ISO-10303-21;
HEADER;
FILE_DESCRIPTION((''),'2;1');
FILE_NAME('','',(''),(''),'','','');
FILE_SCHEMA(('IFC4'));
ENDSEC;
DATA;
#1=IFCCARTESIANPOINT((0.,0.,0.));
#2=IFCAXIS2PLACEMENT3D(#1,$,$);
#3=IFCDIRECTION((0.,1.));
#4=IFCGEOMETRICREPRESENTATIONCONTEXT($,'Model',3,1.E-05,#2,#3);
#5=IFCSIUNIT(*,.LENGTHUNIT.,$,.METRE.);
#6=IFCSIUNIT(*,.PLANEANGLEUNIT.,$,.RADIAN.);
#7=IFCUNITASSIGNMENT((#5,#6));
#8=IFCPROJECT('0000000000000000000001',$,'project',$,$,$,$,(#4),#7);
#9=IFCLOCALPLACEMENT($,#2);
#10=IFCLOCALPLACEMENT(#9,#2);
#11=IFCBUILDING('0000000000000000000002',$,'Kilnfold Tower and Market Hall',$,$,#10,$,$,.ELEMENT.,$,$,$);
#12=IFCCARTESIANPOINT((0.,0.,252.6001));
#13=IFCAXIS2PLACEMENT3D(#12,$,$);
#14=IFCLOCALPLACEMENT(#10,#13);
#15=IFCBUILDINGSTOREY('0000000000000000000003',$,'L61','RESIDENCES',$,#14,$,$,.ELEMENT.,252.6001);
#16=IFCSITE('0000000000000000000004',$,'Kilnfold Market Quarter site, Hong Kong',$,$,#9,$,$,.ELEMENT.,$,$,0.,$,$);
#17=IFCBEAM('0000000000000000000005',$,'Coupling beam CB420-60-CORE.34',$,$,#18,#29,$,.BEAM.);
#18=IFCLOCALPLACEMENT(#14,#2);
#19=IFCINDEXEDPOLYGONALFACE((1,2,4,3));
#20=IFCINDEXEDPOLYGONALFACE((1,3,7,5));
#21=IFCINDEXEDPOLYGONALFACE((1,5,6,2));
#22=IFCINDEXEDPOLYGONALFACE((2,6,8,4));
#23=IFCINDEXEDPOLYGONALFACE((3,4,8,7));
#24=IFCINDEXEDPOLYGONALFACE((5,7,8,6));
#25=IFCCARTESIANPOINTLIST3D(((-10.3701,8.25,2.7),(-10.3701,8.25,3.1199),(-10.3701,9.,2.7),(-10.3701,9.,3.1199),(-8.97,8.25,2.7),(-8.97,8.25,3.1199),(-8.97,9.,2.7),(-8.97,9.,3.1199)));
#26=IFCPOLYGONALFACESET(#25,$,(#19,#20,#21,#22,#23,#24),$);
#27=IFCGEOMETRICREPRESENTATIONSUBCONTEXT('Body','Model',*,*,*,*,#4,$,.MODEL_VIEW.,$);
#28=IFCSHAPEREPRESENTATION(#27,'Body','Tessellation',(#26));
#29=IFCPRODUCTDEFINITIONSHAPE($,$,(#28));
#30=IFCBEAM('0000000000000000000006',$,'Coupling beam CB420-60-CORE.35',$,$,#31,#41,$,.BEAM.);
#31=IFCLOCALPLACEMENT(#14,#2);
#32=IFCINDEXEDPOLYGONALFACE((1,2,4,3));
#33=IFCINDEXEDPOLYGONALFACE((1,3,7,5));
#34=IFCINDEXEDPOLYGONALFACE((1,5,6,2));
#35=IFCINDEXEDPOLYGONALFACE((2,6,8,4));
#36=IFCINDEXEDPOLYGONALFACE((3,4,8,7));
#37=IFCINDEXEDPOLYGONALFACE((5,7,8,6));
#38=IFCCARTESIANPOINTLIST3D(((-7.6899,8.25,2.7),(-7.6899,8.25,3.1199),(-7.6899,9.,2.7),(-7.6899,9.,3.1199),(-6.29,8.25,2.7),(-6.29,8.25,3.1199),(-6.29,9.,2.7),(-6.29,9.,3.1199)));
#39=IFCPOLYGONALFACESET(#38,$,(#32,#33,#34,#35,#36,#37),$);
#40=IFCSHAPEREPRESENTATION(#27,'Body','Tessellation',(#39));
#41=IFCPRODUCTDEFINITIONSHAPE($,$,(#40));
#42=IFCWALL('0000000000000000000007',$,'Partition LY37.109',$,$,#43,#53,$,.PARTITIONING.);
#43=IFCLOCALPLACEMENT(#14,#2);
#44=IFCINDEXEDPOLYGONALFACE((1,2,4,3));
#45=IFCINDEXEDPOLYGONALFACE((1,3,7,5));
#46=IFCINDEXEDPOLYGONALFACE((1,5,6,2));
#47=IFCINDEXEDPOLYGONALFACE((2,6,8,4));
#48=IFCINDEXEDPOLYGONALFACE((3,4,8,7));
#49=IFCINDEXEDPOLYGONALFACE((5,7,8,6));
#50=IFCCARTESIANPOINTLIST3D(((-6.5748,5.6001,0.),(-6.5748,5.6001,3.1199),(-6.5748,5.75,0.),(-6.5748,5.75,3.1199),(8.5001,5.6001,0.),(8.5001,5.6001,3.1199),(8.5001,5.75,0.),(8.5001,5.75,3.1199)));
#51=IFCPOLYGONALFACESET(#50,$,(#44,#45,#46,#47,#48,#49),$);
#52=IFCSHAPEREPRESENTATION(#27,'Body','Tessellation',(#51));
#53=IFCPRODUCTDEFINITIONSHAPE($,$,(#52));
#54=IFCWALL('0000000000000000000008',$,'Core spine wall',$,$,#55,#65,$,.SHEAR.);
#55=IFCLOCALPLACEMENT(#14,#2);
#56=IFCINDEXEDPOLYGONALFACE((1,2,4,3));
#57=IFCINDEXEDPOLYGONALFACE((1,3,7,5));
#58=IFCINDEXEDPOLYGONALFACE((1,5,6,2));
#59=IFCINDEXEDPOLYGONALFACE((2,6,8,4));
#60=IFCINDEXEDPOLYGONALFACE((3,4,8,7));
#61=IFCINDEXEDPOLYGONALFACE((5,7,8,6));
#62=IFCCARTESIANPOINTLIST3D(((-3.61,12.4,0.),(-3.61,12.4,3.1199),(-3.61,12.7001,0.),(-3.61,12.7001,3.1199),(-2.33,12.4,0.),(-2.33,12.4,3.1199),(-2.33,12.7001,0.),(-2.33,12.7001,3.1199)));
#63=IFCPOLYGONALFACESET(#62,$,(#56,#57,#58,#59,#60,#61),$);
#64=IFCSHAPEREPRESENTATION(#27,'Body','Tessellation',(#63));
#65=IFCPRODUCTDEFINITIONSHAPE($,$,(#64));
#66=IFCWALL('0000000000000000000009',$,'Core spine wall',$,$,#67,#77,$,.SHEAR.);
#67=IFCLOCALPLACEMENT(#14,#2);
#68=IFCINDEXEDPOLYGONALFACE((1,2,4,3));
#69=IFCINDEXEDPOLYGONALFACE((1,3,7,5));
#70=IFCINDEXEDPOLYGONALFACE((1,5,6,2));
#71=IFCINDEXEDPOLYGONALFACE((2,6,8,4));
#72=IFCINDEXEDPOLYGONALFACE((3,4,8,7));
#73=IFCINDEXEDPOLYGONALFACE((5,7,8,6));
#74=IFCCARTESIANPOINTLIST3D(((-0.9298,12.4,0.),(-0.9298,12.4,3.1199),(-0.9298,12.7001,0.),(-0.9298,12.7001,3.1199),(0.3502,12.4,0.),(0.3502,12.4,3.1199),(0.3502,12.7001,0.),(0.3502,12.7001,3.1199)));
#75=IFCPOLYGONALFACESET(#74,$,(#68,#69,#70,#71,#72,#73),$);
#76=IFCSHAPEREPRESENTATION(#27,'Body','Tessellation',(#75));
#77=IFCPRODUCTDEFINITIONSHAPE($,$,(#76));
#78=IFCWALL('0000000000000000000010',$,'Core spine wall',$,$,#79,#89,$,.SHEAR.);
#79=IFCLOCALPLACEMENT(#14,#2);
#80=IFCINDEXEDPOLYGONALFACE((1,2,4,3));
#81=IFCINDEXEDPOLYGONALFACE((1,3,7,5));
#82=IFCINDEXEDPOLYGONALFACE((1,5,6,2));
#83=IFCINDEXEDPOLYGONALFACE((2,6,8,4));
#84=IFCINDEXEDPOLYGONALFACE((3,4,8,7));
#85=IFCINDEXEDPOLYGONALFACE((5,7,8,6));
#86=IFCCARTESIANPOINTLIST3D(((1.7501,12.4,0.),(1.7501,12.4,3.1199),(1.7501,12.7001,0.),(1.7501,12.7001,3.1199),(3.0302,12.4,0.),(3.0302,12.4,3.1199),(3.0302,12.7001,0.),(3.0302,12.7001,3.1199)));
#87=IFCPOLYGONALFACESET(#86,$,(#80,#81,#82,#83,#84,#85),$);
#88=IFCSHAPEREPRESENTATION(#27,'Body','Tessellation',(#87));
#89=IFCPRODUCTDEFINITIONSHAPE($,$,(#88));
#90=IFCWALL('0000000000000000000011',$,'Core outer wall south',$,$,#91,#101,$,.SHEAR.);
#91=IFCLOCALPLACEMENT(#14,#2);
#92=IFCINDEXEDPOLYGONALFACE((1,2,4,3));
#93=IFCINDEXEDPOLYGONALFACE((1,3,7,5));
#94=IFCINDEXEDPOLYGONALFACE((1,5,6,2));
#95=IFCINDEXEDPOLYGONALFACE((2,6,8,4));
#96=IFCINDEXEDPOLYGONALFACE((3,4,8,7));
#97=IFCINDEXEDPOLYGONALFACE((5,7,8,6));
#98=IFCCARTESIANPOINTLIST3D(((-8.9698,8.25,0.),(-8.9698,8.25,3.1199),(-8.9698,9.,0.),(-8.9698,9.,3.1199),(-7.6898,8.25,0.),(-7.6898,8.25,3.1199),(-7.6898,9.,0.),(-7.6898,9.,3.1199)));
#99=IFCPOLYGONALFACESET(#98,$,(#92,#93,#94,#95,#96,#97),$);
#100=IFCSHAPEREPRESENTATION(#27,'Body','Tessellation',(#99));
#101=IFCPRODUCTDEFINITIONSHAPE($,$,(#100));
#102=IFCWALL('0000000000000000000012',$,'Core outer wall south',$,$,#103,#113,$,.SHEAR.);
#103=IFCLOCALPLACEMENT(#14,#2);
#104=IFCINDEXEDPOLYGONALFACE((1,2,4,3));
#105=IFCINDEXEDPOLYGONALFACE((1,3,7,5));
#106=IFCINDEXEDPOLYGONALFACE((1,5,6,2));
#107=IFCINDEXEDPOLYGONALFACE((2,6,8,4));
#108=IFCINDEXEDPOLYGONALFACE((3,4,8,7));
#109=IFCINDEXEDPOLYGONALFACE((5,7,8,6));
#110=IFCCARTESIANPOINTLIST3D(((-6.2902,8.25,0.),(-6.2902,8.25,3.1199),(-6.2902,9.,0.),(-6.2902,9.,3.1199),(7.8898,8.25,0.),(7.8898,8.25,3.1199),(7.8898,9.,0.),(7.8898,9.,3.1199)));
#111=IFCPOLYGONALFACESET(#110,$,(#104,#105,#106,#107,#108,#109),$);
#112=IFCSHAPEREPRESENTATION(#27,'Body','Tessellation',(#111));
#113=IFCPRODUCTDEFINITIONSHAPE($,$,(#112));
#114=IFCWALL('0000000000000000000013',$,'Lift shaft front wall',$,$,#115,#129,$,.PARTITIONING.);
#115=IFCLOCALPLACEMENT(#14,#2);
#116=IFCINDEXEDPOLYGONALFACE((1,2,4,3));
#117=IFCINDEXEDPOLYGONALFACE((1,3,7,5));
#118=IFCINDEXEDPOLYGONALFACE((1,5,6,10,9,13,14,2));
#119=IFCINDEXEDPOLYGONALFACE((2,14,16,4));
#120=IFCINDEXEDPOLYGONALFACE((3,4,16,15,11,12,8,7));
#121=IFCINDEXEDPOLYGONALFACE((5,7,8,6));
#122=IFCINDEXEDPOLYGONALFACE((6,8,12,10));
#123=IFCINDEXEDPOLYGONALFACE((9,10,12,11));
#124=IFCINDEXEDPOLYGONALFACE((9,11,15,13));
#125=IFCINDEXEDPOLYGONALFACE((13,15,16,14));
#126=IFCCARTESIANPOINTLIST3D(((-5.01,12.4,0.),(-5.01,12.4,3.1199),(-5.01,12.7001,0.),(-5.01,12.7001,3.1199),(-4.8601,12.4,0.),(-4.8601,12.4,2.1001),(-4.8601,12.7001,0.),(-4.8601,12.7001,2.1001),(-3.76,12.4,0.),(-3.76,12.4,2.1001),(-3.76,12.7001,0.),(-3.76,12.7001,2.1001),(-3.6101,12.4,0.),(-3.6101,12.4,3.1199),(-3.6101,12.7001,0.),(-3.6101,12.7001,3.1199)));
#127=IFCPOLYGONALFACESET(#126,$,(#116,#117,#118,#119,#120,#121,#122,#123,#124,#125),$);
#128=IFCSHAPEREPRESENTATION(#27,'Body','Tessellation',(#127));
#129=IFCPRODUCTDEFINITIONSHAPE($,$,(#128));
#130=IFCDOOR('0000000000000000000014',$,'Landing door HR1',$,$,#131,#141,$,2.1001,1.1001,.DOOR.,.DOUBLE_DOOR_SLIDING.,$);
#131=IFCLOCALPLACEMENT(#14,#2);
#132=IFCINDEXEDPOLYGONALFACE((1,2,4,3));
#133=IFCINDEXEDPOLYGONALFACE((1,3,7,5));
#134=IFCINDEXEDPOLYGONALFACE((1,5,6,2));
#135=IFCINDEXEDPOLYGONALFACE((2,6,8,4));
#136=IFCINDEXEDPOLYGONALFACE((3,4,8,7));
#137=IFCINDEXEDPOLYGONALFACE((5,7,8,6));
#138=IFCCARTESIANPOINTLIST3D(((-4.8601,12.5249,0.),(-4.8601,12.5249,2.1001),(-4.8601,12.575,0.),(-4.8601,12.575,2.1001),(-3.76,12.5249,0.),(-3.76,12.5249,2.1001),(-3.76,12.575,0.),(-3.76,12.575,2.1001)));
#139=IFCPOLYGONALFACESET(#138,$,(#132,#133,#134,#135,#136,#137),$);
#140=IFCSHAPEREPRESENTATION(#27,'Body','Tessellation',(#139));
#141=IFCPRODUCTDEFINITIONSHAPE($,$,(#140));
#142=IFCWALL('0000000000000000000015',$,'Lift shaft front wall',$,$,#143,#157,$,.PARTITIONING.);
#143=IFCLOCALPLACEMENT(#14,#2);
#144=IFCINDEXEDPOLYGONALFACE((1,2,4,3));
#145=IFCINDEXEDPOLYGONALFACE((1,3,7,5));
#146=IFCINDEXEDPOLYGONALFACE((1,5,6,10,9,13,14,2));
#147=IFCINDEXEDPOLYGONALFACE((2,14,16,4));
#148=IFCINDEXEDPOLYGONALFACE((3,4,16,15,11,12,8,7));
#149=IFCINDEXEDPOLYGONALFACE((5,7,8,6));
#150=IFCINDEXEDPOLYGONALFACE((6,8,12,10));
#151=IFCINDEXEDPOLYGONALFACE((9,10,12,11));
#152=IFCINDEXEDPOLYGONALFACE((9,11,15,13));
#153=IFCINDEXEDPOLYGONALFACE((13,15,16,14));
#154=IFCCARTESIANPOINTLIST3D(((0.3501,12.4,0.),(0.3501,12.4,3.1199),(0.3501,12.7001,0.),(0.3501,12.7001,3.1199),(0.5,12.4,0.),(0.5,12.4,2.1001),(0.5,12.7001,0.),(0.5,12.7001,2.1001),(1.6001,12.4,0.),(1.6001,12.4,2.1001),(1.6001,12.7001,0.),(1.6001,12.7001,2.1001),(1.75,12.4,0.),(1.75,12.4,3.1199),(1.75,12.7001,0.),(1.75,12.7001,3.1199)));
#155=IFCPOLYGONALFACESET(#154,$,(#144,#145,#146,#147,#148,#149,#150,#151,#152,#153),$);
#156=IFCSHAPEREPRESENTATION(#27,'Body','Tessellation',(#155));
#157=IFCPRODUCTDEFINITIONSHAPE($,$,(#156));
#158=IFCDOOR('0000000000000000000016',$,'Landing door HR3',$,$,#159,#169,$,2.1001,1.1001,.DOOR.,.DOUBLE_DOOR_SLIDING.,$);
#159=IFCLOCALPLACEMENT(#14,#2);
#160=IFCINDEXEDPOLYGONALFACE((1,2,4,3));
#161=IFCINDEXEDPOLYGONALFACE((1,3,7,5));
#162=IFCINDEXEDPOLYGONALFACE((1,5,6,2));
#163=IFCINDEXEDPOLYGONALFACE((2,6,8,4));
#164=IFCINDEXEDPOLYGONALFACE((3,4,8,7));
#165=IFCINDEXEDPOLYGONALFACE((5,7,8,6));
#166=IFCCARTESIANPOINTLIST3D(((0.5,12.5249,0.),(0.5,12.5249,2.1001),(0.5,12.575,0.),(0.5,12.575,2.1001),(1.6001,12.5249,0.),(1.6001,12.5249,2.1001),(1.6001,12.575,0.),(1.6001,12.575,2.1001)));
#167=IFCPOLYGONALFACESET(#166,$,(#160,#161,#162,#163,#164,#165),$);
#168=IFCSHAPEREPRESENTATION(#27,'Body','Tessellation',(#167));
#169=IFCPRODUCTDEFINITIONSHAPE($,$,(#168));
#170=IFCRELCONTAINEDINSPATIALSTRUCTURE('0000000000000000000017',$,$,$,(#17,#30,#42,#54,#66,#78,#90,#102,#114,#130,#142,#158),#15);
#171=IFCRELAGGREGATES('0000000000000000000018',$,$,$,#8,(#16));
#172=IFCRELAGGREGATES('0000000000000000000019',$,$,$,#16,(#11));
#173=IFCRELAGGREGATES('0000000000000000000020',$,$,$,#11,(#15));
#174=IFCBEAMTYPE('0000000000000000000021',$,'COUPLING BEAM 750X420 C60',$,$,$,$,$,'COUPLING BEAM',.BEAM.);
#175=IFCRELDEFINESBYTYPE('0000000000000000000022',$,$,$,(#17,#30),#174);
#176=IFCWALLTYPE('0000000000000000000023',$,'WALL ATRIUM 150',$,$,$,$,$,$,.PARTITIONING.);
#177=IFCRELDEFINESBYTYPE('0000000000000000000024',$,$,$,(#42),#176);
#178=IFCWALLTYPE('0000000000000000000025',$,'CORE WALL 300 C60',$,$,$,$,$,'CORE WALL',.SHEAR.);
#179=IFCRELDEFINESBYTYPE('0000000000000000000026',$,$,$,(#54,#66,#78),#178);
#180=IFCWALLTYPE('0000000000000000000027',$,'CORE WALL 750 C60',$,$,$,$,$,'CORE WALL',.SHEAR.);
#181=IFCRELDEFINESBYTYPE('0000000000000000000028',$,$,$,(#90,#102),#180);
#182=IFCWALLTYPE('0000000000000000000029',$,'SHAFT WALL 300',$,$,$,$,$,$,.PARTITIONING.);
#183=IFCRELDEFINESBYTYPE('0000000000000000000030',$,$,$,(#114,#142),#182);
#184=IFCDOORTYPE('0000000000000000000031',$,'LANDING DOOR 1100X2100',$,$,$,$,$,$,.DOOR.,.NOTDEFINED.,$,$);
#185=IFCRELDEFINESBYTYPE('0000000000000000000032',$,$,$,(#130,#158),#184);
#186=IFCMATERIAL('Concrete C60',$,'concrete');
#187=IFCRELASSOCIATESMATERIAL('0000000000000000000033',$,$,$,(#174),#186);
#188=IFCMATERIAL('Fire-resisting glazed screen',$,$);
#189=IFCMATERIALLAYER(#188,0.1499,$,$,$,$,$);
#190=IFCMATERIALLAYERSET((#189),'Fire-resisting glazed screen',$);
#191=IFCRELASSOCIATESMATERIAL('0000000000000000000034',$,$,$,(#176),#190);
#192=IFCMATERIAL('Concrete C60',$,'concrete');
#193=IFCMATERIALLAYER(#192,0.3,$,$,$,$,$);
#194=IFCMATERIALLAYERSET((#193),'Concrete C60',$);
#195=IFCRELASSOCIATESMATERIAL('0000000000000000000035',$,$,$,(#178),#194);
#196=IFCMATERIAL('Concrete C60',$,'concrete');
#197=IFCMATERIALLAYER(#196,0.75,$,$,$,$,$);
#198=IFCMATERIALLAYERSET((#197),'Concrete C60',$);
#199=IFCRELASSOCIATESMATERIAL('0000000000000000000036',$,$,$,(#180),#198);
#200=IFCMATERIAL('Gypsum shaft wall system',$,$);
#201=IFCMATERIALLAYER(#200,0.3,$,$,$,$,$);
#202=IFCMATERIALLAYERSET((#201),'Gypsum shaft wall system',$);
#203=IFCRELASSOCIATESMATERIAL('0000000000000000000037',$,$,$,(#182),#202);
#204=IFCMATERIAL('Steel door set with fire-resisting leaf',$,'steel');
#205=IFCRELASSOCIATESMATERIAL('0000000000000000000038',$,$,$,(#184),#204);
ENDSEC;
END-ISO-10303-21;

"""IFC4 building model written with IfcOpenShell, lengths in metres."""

from ifc_helpers import new_model, si_unit, direction, frame, frame_2d, origin, origin_2d, place, context, subcontext, project, spatial, rectangle, extrude, source, transform, mapped, material, layer, layer_set, material_profile, profile_set, type_object, element, fill, save


model = new_model("IFC4")

# Units and contexts
model_context = context("Model", 3, precision=1e-05, world=origin(), true_north=direction((0.0, 1.0)))
body_context = subcontext(model_context, "Body", "Model", "MODEL_VIEW")
ifc_project = project(units=[si_unit("LENGTHUNIT", "METRE"), si_unit("PLANEANGLEUNIT", "RADIAN")], contexts=[model_context])

# Site, building, storey
site_placement = place(None, origin())
site = spatial("IfcSite", under=ifc_project, at=site_placement, Name="Kilnfold Market Quarter site, Hong Kong", CompositionType="ELEMENT", RefElevation=0.0)
building_placement = place(site_placement, origin())
building = spatial("IfcBuilding", under=site, at=building_placement, Name="Kilnfold Tower and Market Hall", CompositionType="ELEMENT")
storey_placement = place(building_placement, frame((0.0, 0.0, 252.6001)))
storey = spatial("IfcBuildingStorey", under=building, at=storey_placement, Name="L61", Description="RESIDENCES", CompositionType="ELEMENT", Elevation=252.6001)

# Beams
ifc_material_1 = material(Name="Concrete C60", Category="concrete")
ifc_material_profile = material_profile(ifc_material_1, rectangle(XDim=0.75, YDim=0.4199, at=origin_2d()), Name="RC 750x420")
ifc_profile_set = profile_set([ifc_material_profile], Name="Concrete C60")
beam_type = type_object("IfcBeamType", Name="COUPLING BEAM 750X420 C60", ElementType="COUPLING BEAM", PredefinedType="BEAM", material=ifc_profile_set)
shared_shape_1 = source(origin(), body_context, "Body", "SweptSolid", [
    extrude(rectangle(XDim=0.75, YDim=0.4199, at=origin_2d()), origin(), (0.0, 0.0, 1.0), 1.4001),
])
beam_1_placement = place(storey_placement, frame((-10.3701, 8.625, 2.9099), z_axis=(1.0, 0.0, 0.0), x_axis=(0.0, 1.0, 0.0)))
element("IfcBeam", 1, at=beam_1_placement, inside=storey, type_object=beam_type, Name="Coupling beam CB420-60-CORE.34", PredefinedType="BEAM", context=body_context, shape_type="MappedRepresentation", body=[
    mapped(shared_shape_1, transform((0.0, 0.0, 0.0))),
])
shared_shape_2 = source(origin(), body_context, "Body", "SweptSolid", [
    extrude(rectangle(XDim=0.75, YDim=0.4199, at=origin_2d()), origin(), (0.0, 0.0, 1.0), 1.3999),
])
beam_2_placement = place(storey_placement, frame((-7.6899, 8.625, 2.9099), z_axis=(1.0, 0.0, 0.0), x_axis=(0.0, 1.0, 0.0)))
element("IfcBeam", 2, at=beam_2_placement, inside=storey, type_object=beam_type, Name="Coupling beam CB420-60-CORE.35", PredefinedType="BEAM", context=body_context, shape_type="MappedRepresentation", body=[
    mapped(shared_shape_2, transform((0.0, 0.0, 0.0))),
])

# Walls
ifc_material_2 = material(Name="Fire-resisting glazed screen")
ifc_layer_1 = layer(ifc_material_2, 0.1499)
ifc_layer_set_1 = layer_set([ifc_layer_1], Name="Fire-resisting glazed screen")
wall_type_1 = type_object("IfcWallType", Name="WALL ATRIUM 150", PredefinedType="PARTITIONING", material=ifc_layer_set_1)
wall_1_placement = place(storey_placement, frame((-6.575, 5.675, 0.0), z_axis=(0.0, 0.0, 1.0), x_axis=(1.0, 0.0, 0.0)))
element("IfcWall", 3, at=wall_1_placement, inside=storey, type_object=wall_type_1, Name="Partition LY37.109", PredefinedType="PARTITIONING", context=body_context, shape_type="SweptSolid", body=[
    extrude(rectangle(XDim=15.075, YDim=0.1499, at=frame_2d((7.5376, 0.0))), origin(), (0.0, 0.0, 1.0), 3.1199),
])
ifc_material_3 = material(Name="Concrete C60", Category="concrete")
ifc_layer_2 = layer(ifc_material_3, 0.3)
ifc_layer_set_2 = layer_set([ifc_layer_2], Name="Concrete C60")
wall_type_2 = type_object("IfcWallType", Name="CORE WALL 300 C60", ElementType="CORE WALL", PredefinedType="SHEAR", material=ifc_layer_set_2)
shared_shape_3 = source(origin(), body_context, "Body", "SweptSolid", [
    extrude(rectangle(XDim=1.28, YDim=0.3, at=frame_2d((0.6401, 0.0))), origin(), (0.0, 0.0, 1.0), 3.1199),
])
for number, where, z_axis, x_axis, name in (
    (4, (-3.6101, 12.55, 0.0), (0.0, 0.0, 1.0), (1.0, 0.0, 0.0), "Core spine wall"),
    (5, (-0.9299, 12.55, 0.0), (0.0, 0.0, 1.0), (1.0, 0.0, 0.0), "Core spine wall"),
    (6, (1.75, 12.55, 0.0), (0.0, 0.0, 1.0), (1.0, 0.0, 0.0), "Core spine wall"),
):
    element("IfcWall", number, at=place(storey_placement, frame(where, z_axis=z_axis, x_axis=x_axis)), inside=storey, type_object=wall_type_2, Name=name, PredefinedType="SHEAR", context=body_context, shape_type="MappedRepresentation", body=[
        mapped(shared_shape_3, transform((0.0, 0.0, 0.0))),
    ])
ifc_material_4 = material(Name="Concrete C60", Category="concrete")
ifc_layer_3 = layer(ifc_material_4, 0.75)
ifc_layer_set_3 = layer_set([ifc_layer_3], Name="Concrete C60")
wall_type_3 = type_object("IfcWallType", Name="CORE WALL 750 C60", ElementType="CORE WALL", PredefinedType="SHEAR", material=ifc_layer_set_3)
shared_shape_4 = source(origin(), body_context, "Body", "SweptSolid", [
    extrude(rectangle(XDim=1.28, YDim=0.75, at=frame_2d((0.6401, 0.0))), origin(), (0.0, 0.0, 1.0), 3.1199),
])
wall_2_placement = place(storey_placement, frame((-8.97, 8.625, 0.0), z_axis=(0.0, 0.0, 1.0), x_axis=(1.0, 0.0, 0.0)))
element("IfcWall", 7, at=wall_2_placement, inside=storey, type_object=wall_type_3, Name="Core outer wall south", PredefinedType="SHEAR", context=body_context, shape_type="MappedRepresentation", body=[
    mapped(shared_shape_4, transform((0.0, 0.0, 0.0))),
])
shared_shape_5 = source(origin(), body_context, "Body", "SweptSolid", [
    extrude(rectangle(XDim=14.1799, YDim=0.75, at=frame_2d((7.0898, 0.0))), origin(), (0.0, 0.0, 1.0), 3.1199),
])
wall_3_placement = place(storey_placement, frame((-6.29, 8.625, 0.0), z_axis=(0.0, 0.0, 1.0), x_axis=(1.0, 0.0, 0.0)))
element("IfcWall", 8, at=wall_3_placement, inside=storey, type_object=wall_type_3, Name="Core outer wall south", PredefinedType="SHEAR", context=body_context, shape_type="MappedRepresentation", body=[
    mapped(shared_shape_5, transform((0.0, 0.0, 0.0))),
])

# Walls, openings, doors
ifc_material_5 = material(Name="Gypsum shaft wall system")
ifc_layer_4 = layer(ifc_material_5, 0.3)
ifc_layer_set_4 = layer_set([ifc_layer_4], Name="Gypsum shaft wall system")
wall_type_4 = type_object("IfcWallType", Name="SHAFT WALL 300", PredefinedType="PARTITIONING", material=ifc_layer_set_4)
shared_shape_6 = source(origin(), body_context, "Body", "SweptSolid", [
    extrude(rectangle(XDim=1.3999, YDim=0.3, at=frame_2d((0.7, 0.0))), origin(), (0.0, 0.0, 1.0), 3.1199),
])
wall_4_placement = place(storey_placement, frame((-5.01, 12.55, 0.0), z_axis=(0.0, 0.0, 1.0), x_axis=(1.0, 0.0, 0.0)))
wall_4 = element("IfcWall", 9, at=wall_4_placement, inside=storey, type_object=wall_type_4, Name="Lift shaft front wall", PredefinedType="PARTITIONING", context=body_context, shape_type="MappedRepresentation", body=[
    mapped(shared_shape_6, transform((0.0, 0.0, 0.0))),
])
opening_1_placement = place(wall_4_placement, frame((0.1499, 0.0, 0.0)))
opening_1 = element("IfcOpeningElement", 10, at=opening_1_placement, cuts=wall_4, PredefinedType="OPENING", context=body_context, shape_type="SweptSolid", body=[
    extrude(rectangle(XDim=1.1001, YDim=2.1001, at=frame_2d((0.55, 1.05))), frame((0.0, 0.1602, 0.0), z_axis=(0.0, -1.0, 0.0), x_axis=(1.0, 0.0, 0.0)), (0.0, 0.0, 1.0), 0.3201),
])
ifc_material_6 = material(Name="Steel door set with fire-resisting leaf", Category="steel")
door_type_1 = type_object("IfcDoorType", Name="LANDING DOOR 1100X2100", OperationType="NOTDEFINED", PredefinedType="DOOR", material=ifc_material_6)
door_1_placement = place(opening_1_placement, origin())
door_1 = element("IfcDoor", 11, at=door_1_placement, inside=storey, type_object=door_type_1, Name="Landing door HR1", OperationType="DOUBLE_DOOR_SLIDING", OverallHeight=2.1001, OverallWidth=1.1001, PredefinedType="DOOR", context=body_context, shape_type="SweptSolid", body=[
    extrude(rectangle(XDim=1.1001, YDim=2.1001, at=frame_2d((0.55, 1.05))), frame((0.0, 0.0249, 0.0), z_axis=(0.0, -1.0, 0.0), x_axis=(1.0, 0.0, 0.0)), (0.0, 0.0, 1.0), 0.05),
])
fill(opening_1, door_1)
wall_5_placement = place(storey_placement, frame((0.3501, 12.55, 0.0), z_axis=(0.0, 0.0, 1.0), x_axis=(1.0, 0.0, 0.0)))
wall_5 = element("IfcWall", 12, at=wall_5_placement, inside=storey, type_object=wall_type_4, Name="Lift shaft front wall", PredefinedType="PARTITIONING", context=body_context, shape_type="MappedRepresentation", body=[
    mapped(shared_shape_6, transform((0.0, 0.0, 0.0))),
])
opening_2_placement = place(wall_5_placement, frame((0.1499, 0.0, 0.0)))
opening_2 = element("IfcOpeningElement", 13, at=opening_2_placement, cuts=wall_5, PredefinedType="OPENING", context=body_context, shape_type="SweptSolid", body=[
    extrude(rectangle(XDim=1.1001, YDim=2.1001, at=frame_2d((0.55, 1.05))), frame((0.0, 0.1602, 0.0), z_axis=(0.0, -1.0, 0.0), x_axis=(1.0, 0.0, 0.0)), (0.0, 0.0, 1.0), 0.3201),
])
door_2_placement = place(opening_2_placement, origin())
door_2 = element("IfcDoor", 14, at=door_2_placement, inside=storey, type_object=door_type_1, Name="Landing door HR3", OperationType="DOUBLE_DOOR_SLIDING", OverallHeight=2.1001, OverallWidth=1.1001, PredefinedType="DOOR", context=body_context, shape_type="SweptSolid", body=[
    extrude(rectangle(XDim=1.1001, YDim=2.1001, at=frame_2d((0.55, 1.05))), frame((0.0, 0.0249, 0.0), z_axis=(0.0, -1.0, 0.0), x_axis=(1.0, 0.0, 0.0)), (0.0, 0.0, 1.0), 0.05),
])
fill(opening_2, door_2)

save(model, "model.ifc")
